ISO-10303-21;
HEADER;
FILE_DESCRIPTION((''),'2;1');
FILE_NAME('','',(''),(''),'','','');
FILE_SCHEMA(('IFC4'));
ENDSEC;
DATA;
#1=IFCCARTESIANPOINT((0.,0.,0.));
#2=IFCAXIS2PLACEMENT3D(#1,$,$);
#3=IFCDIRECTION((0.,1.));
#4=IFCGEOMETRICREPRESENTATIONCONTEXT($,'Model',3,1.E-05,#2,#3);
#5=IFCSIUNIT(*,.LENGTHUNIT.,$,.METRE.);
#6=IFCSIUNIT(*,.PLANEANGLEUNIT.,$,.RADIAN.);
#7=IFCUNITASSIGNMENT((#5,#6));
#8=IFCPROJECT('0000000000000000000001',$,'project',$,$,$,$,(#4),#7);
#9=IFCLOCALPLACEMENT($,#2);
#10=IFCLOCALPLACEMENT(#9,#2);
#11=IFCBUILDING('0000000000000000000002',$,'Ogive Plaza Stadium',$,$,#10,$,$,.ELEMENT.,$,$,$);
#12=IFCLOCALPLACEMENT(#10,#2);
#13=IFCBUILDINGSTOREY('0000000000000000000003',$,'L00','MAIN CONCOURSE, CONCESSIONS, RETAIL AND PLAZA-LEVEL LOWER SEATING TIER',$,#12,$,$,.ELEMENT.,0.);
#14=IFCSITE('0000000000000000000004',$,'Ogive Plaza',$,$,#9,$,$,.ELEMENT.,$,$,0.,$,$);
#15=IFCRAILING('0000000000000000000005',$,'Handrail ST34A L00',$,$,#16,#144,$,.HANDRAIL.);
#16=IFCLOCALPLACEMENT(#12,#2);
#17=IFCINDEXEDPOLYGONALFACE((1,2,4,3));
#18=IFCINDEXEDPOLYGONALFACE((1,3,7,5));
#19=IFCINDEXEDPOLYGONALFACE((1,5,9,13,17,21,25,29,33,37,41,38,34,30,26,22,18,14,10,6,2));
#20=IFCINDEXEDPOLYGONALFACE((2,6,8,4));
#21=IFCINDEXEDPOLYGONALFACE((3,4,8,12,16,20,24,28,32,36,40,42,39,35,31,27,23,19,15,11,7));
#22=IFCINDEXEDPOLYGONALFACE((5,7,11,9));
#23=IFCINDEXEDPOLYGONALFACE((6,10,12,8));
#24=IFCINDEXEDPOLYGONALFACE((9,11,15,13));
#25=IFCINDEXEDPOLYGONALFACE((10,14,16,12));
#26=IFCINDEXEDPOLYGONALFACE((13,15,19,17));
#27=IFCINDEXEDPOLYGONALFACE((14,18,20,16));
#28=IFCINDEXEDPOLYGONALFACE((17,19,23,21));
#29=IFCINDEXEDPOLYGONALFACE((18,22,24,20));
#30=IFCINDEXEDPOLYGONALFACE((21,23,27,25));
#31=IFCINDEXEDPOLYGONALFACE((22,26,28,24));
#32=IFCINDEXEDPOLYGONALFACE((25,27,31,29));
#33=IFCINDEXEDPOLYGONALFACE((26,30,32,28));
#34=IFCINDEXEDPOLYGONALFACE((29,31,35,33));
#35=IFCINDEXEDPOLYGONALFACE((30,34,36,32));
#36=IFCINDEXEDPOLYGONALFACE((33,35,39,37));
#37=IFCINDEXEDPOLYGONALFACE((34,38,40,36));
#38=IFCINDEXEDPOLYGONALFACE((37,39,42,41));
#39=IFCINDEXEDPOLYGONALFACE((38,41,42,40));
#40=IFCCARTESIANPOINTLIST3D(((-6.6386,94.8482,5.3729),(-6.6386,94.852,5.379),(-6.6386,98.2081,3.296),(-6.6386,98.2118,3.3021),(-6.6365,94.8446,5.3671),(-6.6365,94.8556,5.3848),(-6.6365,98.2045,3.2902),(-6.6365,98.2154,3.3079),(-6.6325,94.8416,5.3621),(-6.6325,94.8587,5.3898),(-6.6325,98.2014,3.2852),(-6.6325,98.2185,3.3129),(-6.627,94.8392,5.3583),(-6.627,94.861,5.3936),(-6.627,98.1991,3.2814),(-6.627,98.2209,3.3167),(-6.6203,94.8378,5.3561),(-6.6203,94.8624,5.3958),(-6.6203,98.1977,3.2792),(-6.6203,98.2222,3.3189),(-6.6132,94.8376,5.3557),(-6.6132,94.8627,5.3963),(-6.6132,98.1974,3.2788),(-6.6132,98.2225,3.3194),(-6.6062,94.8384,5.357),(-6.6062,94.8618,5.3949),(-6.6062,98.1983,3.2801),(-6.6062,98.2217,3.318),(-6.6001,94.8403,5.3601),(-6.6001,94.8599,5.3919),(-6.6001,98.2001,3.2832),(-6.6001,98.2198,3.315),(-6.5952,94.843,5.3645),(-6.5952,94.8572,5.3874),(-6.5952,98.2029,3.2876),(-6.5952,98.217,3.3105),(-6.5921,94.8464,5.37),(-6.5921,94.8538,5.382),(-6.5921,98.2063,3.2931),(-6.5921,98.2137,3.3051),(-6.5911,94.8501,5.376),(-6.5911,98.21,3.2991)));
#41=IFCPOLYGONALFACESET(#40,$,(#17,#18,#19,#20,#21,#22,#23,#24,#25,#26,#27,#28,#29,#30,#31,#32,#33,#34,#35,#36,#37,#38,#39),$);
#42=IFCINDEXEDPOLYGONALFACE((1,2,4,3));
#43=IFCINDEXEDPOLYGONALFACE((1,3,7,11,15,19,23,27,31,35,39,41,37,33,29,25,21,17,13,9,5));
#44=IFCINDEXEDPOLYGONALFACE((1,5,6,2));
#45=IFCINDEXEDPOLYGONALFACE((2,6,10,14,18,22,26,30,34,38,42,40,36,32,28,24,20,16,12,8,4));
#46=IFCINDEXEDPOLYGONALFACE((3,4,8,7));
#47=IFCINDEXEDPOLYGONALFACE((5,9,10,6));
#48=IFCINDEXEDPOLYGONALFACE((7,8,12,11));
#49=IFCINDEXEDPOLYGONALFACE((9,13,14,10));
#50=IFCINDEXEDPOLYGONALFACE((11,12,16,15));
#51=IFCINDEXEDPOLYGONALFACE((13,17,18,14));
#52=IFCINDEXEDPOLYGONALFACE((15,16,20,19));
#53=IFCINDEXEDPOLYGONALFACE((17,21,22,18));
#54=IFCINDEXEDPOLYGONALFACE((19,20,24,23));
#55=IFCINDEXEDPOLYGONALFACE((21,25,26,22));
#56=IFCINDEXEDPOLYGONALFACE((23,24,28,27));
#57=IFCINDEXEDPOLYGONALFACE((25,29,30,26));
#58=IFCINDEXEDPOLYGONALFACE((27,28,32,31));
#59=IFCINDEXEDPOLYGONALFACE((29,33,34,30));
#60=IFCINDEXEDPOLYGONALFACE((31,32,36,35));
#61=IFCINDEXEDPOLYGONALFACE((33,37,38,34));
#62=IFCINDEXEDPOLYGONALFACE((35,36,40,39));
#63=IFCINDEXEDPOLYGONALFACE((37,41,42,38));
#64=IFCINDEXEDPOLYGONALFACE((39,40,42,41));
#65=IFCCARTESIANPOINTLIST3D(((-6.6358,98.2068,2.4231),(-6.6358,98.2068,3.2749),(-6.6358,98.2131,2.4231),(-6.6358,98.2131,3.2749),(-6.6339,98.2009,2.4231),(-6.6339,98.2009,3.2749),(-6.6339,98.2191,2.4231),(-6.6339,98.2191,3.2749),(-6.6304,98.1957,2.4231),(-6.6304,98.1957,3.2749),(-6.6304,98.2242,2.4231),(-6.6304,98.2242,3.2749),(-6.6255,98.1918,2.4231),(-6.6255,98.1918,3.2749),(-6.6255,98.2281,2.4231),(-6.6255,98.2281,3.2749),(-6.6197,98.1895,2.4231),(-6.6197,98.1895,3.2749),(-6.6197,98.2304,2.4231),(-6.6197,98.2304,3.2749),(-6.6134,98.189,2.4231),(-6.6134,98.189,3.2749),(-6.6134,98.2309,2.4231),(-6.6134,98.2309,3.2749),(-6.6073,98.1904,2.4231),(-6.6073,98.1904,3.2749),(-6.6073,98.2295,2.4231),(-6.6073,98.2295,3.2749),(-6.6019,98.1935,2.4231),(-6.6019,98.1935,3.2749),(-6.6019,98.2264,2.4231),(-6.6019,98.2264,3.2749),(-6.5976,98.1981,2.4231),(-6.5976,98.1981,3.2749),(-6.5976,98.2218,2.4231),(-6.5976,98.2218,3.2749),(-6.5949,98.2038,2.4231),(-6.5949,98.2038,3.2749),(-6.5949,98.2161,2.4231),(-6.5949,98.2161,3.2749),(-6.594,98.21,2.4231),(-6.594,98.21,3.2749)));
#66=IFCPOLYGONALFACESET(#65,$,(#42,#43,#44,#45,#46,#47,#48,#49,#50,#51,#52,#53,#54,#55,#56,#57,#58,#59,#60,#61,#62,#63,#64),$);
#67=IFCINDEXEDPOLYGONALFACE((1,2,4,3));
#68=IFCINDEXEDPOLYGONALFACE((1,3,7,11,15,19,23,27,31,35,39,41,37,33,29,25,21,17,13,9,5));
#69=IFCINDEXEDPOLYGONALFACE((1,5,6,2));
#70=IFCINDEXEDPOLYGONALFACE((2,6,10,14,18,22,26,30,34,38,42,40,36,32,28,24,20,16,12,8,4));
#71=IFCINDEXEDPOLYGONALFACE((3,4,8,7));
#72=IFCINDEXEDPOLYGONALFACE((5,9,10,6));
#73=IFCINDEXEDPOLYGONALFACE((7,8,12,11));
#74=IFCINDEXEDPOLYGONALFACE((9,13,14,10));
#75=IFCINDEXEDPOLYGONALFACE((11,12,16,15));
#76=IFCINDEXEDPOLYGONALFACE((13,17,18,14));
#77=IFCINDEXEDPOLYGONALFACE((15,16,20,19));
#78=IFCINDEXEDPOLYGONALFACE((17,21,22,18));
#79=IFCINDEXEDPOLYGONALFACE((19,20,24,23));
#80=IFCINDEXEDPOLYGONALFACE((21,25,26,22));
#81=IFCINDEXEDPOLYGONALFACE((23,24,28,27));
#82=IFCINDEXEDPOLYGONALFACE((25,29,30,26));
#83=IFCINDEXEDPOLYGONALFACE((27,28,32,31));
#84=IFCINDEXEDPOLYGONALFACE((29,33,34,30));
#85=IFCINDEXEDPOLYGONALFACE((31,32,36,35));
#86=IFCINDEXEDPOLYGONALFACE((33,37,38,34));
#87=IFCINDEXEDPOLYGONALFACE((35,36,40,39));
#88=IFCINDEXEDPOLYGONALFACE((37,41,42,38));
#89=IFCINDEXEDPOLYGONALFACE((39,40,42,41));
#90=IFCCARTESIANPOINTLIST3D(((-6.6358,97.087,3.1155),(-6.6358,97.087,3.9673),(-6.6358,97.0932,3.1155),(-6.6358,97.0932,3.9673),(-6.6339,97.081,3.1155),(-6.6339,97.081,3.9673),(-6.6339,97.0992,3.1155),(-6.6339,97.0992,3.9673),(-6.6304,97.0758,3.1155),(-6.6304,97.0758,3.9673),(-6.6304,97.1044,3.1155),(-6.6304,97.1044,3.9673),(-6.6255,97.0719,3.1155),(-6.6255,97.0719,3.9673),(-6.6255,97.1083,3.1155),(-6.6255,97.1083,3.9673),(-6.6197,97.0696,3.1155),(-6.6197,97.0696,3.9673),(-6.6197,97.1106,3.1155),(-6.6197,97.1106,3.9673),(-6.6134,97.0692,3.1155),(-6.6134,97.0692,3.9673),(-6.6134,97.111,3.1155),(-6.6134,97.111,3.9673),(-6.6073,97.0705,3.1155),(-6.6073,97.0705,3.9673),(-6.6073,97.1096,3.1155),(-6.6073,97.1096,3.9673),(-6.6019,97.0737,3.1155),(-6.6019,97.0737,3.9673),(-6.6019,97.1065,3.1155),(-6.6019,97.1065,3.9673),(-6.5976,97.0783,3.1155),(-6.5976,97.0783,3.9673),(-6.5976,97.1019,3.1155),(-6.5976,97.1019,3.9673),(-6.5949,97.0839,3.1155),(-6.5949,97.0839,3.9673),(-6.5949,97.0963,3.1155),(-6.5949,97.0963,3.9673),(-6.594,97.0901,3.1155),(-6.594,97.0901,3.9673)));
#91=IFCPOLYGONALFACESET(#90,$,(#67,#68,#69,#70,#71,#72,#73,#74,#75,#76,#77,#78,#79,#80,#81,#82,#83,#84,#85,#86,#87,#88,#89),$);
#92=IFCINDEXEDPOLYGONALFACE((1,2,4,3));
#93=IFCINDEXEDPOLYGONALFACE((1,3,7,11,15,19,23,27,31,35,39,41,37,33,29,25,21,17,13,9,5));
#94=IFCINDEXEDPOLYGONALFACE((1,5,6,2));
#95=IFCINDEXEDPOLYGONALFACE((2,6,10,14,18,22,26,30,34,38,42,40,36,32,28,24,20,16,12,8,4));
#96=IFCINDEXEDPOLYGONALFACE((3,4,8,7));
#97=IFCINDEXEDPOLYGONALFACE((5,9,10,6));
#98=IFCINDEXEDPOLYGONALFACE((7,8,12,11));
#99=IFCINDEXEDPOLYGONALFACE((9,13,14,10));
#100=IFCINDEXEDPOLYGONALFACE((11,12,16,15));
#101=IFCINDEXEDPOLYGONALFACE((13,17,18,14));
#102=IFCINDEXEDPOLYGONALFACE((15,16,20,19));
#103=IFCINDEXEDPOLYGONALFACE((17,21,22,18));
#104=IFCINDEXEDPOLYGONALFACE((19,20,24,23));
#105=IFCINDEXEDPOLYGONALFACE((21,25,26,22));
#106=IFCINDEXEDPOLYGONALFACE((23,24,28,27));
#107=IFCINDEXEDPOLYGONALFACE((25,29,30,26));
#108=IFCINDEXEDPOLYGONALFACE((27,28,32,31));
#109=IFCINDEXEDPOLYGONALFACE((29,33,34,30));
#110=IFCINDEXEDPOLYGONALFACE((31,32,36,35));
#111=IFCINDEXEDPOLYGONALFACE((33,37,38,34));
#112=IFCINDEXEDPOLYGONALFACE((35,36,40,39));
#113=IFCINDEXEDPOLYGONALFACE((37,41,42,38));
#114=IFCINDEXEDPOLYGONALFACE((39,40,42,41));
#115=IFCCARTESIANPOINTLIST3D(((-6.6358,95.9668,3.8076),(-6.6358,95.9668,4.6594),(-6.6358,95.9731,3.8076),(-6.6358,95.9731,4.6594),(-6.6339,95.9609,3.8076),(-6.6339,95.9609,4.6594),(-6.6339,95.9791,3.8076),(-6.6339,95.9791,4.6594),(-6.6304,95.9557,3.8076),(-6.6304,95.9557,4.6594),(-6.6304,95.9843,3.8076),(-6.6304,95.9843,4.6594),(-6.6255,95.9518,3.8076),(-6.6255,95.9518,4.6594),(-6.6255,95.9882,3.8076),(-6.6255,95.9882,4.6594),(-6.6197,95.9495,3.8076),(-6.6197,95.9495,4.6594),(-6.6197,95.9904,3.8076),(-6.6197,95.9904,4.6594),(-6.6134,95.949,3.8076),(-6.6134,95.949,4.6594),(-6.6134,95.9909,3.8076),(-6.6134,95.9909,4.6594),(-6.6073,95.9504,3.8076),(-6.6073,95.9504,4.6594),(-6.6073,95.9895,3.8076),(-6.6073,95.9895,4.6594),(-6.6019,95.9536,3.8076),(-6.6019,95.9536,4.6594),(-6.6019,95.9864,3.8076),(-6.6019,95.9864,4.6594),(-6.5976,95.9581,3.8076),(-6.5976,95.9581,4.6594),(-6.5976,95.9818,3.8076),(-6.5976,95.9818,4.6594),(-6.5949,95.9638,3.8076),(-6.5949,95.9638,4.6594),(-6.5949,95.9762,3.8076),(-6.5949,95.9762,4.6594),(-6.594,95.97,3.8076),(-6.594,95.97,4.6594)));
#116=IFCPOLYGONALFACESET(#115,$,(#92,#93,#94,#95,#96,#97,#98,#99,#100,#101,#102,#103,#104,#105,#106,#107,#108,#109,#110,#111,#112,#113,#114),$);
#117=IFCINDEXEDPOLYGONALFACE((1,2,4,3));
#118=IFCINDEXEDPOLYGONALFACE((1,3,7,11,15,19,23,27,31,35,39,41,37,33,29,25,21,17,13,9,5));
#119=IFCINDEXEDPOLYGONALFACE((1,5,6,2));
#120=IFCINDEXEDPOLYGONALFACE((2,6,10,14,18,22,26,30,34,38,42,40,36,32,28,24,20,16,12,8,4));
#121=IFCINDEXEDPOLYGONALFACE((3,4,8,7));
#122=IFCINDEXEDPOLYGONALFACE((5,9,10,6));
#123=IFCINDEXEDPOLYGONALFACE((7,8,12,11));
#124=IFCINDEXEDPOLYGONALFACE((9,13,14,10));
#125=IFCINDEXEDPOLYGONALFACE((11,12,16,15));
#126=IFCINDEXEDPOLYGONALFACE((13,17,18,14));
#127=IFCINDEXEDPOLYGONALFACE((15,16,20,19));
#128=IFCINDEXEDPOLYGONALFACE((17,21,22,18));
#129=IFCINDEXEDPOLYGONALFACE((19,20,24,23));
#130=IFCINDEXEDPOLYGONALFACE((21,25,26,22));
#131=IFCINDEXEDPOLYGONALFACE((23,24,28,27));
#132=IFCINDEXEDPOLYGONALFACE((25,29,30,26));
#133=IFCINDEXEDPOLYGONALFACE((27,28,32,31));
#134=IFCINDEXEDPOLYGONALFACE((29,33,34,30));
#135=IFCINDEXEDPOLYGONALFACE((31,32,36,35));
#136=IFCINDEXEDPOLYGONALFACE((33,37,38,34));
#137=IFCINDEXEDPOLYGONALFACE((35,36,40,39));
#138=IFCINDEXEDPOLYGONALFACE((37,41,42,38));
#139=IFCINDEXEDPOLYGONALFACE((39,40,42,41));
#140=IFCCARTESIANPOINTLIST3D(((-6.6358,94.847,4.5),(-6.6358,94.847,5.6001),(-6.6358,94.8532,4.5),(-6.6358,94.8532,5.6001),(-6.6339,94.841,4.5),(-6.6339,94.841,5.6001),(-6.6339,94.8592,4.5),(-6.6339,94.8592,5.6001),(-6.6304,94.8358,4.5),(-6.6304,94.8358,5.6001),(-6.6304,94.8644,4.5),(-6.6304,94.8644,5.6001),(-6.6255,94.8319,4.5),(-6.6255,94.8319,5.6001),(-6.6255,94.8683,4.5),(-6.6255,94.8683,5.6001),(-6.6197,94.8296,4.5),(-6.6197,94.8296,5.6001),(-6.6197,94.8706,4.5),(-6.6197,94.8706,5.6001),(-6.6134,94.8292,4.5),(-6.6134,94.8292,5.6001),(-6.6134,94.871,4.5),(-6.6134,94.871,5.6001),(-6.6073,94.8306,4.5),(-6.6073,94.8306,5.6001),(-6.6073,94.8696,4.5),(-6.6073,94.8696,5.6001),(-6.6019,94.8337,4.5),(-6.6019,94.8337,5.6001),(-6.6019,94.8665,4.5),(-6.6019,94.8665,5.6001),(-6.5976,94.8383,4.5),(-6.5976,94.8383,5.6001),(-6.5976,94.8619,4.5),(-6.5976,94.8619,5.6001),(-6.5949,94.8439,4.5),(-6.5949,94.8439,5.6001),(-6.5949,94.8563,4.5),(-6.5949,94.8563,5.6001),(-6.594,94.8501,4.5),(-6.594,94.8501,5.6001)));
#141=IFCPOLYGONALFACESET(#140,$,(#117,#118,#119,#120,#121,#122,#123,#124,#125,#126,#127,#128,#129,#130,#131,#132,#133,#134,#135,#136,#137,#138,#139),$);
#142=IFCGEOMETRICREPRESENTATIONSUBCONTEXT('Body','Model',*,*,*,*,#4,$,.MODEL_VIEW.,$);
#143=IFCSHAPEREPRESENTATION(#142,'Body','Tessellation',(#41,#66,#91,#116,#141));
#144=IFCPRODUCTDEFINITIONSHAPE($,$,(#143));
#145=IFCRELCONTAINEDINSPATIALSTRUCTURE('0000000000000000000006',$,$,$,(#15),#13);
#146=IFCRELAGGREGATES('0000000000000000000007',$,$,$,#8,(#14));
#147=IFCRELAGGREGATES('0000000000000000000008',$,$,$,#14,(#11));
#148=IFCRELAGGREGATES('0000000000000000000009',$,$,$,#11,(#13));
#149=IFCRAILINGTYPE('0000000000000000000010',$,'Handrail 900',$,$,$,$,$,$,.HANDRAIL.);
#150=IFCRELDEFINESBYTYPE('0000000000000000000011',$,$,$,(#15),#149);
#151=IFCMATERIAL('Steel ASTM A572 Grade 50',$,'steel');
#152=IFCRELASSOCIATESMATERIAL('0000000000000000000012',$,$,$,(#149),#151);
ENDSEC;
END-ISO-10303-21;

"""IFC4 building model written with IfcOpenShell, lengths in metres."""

from ifc_helpers import new_model, si_unit, direction, frame, origin, origin_2d, place, context, subcontext, project, spatial, circle, extrude, material, type_object, element, save


model = new_model("IFC4")

# Units and contexts
model_context = context("Model", 3, precision=1e-05, world=origin(), true_north=direction((0.0, 1.0)))
body_context = subcontext(model_context, "Body", "Model", "MODEL_VIEW")
ifc_project = project(units=[si_unit("LENGTHUNIT", "METRE"), si_unit("PLANEANGLEUNIT", "RADIAN")], contexts=[model_context])

# Site, building, storey
site_placement = place(None, origin())
site = spatial("IfcSite", under=ifc_project, at=site_placement, Name="Ogive Plaza", CompositionType="ELEMENT", RefElevation=0.0)
building_placement = place(site_placement, origin())
building = spatial("IfcBuilding", under=site, at=building_placement, Name="Ogive Plaza Stadium", CompositionType="ELEMENT")
storey_placement = place(building_placement, origin())
storey = spatial("IfcBuildingStorey", under=building, at=storey_placement, Name="L00", Description="MAIN CONCOURSE, CONCESSIONS, RETAIL AND PLAZA-LEVEL LOWER SEATING TIER", CompositionType="ELEMENT", Elevation=0.0)

# Railing
ifc_material_1 = material(Name="Steel ASTM A572 Grade 50", Category="steel")
railing_type_1 = type_object("IfcRailingType", Name="Handrail 900", PredefinedType="HANDRAIL", material=ifc_material_1)
for number, where, name in (
    (1, (-6.615, 98.21, 2.4231), "Handrail ST34A L00"),
):
    element("IfcRailing", number, at=place(storey_placement, frame(where)), inside=storey, type_object=railing_type_1, Name=name, PredefinedType="HANDRAIL", context=body_context, shape_type="SweptSolid", body=[
        extrude(circle(Radius=0.0239, at=origin_2d()), frame((0.0, 0.0, 0.876), z_axis=(0.0, -0.850606, 0.525803), x_axis=(1.0, 0.0, 0.0)), (0.0, 0.0, 1.0), 3.95),
        extrude(circle(Radius=0.021, at=origin_2d()), origin(), (0.0, 0.0, 1.0), 0.8518),
        extrude(circle(Radius=0.021, at=origin_2d()), frame((0.0, -1.1199, 0.6924)), (0.0, 0.0, 1.0), 0.8518),
        extrude(circle(Radius=0.021, at=origin_2d()), frame((0.0, -2.24, 1.3845)), (0.0, 0.0, 1.0), 0.8518),
        extrude(circle(Radius=0.021, at=origin_2d()), frame((0.0, -3.3599, 2.0769)), (0.0, 0.0, 1.0), 1.1001),
    ])

save(model, "model.ifc")
